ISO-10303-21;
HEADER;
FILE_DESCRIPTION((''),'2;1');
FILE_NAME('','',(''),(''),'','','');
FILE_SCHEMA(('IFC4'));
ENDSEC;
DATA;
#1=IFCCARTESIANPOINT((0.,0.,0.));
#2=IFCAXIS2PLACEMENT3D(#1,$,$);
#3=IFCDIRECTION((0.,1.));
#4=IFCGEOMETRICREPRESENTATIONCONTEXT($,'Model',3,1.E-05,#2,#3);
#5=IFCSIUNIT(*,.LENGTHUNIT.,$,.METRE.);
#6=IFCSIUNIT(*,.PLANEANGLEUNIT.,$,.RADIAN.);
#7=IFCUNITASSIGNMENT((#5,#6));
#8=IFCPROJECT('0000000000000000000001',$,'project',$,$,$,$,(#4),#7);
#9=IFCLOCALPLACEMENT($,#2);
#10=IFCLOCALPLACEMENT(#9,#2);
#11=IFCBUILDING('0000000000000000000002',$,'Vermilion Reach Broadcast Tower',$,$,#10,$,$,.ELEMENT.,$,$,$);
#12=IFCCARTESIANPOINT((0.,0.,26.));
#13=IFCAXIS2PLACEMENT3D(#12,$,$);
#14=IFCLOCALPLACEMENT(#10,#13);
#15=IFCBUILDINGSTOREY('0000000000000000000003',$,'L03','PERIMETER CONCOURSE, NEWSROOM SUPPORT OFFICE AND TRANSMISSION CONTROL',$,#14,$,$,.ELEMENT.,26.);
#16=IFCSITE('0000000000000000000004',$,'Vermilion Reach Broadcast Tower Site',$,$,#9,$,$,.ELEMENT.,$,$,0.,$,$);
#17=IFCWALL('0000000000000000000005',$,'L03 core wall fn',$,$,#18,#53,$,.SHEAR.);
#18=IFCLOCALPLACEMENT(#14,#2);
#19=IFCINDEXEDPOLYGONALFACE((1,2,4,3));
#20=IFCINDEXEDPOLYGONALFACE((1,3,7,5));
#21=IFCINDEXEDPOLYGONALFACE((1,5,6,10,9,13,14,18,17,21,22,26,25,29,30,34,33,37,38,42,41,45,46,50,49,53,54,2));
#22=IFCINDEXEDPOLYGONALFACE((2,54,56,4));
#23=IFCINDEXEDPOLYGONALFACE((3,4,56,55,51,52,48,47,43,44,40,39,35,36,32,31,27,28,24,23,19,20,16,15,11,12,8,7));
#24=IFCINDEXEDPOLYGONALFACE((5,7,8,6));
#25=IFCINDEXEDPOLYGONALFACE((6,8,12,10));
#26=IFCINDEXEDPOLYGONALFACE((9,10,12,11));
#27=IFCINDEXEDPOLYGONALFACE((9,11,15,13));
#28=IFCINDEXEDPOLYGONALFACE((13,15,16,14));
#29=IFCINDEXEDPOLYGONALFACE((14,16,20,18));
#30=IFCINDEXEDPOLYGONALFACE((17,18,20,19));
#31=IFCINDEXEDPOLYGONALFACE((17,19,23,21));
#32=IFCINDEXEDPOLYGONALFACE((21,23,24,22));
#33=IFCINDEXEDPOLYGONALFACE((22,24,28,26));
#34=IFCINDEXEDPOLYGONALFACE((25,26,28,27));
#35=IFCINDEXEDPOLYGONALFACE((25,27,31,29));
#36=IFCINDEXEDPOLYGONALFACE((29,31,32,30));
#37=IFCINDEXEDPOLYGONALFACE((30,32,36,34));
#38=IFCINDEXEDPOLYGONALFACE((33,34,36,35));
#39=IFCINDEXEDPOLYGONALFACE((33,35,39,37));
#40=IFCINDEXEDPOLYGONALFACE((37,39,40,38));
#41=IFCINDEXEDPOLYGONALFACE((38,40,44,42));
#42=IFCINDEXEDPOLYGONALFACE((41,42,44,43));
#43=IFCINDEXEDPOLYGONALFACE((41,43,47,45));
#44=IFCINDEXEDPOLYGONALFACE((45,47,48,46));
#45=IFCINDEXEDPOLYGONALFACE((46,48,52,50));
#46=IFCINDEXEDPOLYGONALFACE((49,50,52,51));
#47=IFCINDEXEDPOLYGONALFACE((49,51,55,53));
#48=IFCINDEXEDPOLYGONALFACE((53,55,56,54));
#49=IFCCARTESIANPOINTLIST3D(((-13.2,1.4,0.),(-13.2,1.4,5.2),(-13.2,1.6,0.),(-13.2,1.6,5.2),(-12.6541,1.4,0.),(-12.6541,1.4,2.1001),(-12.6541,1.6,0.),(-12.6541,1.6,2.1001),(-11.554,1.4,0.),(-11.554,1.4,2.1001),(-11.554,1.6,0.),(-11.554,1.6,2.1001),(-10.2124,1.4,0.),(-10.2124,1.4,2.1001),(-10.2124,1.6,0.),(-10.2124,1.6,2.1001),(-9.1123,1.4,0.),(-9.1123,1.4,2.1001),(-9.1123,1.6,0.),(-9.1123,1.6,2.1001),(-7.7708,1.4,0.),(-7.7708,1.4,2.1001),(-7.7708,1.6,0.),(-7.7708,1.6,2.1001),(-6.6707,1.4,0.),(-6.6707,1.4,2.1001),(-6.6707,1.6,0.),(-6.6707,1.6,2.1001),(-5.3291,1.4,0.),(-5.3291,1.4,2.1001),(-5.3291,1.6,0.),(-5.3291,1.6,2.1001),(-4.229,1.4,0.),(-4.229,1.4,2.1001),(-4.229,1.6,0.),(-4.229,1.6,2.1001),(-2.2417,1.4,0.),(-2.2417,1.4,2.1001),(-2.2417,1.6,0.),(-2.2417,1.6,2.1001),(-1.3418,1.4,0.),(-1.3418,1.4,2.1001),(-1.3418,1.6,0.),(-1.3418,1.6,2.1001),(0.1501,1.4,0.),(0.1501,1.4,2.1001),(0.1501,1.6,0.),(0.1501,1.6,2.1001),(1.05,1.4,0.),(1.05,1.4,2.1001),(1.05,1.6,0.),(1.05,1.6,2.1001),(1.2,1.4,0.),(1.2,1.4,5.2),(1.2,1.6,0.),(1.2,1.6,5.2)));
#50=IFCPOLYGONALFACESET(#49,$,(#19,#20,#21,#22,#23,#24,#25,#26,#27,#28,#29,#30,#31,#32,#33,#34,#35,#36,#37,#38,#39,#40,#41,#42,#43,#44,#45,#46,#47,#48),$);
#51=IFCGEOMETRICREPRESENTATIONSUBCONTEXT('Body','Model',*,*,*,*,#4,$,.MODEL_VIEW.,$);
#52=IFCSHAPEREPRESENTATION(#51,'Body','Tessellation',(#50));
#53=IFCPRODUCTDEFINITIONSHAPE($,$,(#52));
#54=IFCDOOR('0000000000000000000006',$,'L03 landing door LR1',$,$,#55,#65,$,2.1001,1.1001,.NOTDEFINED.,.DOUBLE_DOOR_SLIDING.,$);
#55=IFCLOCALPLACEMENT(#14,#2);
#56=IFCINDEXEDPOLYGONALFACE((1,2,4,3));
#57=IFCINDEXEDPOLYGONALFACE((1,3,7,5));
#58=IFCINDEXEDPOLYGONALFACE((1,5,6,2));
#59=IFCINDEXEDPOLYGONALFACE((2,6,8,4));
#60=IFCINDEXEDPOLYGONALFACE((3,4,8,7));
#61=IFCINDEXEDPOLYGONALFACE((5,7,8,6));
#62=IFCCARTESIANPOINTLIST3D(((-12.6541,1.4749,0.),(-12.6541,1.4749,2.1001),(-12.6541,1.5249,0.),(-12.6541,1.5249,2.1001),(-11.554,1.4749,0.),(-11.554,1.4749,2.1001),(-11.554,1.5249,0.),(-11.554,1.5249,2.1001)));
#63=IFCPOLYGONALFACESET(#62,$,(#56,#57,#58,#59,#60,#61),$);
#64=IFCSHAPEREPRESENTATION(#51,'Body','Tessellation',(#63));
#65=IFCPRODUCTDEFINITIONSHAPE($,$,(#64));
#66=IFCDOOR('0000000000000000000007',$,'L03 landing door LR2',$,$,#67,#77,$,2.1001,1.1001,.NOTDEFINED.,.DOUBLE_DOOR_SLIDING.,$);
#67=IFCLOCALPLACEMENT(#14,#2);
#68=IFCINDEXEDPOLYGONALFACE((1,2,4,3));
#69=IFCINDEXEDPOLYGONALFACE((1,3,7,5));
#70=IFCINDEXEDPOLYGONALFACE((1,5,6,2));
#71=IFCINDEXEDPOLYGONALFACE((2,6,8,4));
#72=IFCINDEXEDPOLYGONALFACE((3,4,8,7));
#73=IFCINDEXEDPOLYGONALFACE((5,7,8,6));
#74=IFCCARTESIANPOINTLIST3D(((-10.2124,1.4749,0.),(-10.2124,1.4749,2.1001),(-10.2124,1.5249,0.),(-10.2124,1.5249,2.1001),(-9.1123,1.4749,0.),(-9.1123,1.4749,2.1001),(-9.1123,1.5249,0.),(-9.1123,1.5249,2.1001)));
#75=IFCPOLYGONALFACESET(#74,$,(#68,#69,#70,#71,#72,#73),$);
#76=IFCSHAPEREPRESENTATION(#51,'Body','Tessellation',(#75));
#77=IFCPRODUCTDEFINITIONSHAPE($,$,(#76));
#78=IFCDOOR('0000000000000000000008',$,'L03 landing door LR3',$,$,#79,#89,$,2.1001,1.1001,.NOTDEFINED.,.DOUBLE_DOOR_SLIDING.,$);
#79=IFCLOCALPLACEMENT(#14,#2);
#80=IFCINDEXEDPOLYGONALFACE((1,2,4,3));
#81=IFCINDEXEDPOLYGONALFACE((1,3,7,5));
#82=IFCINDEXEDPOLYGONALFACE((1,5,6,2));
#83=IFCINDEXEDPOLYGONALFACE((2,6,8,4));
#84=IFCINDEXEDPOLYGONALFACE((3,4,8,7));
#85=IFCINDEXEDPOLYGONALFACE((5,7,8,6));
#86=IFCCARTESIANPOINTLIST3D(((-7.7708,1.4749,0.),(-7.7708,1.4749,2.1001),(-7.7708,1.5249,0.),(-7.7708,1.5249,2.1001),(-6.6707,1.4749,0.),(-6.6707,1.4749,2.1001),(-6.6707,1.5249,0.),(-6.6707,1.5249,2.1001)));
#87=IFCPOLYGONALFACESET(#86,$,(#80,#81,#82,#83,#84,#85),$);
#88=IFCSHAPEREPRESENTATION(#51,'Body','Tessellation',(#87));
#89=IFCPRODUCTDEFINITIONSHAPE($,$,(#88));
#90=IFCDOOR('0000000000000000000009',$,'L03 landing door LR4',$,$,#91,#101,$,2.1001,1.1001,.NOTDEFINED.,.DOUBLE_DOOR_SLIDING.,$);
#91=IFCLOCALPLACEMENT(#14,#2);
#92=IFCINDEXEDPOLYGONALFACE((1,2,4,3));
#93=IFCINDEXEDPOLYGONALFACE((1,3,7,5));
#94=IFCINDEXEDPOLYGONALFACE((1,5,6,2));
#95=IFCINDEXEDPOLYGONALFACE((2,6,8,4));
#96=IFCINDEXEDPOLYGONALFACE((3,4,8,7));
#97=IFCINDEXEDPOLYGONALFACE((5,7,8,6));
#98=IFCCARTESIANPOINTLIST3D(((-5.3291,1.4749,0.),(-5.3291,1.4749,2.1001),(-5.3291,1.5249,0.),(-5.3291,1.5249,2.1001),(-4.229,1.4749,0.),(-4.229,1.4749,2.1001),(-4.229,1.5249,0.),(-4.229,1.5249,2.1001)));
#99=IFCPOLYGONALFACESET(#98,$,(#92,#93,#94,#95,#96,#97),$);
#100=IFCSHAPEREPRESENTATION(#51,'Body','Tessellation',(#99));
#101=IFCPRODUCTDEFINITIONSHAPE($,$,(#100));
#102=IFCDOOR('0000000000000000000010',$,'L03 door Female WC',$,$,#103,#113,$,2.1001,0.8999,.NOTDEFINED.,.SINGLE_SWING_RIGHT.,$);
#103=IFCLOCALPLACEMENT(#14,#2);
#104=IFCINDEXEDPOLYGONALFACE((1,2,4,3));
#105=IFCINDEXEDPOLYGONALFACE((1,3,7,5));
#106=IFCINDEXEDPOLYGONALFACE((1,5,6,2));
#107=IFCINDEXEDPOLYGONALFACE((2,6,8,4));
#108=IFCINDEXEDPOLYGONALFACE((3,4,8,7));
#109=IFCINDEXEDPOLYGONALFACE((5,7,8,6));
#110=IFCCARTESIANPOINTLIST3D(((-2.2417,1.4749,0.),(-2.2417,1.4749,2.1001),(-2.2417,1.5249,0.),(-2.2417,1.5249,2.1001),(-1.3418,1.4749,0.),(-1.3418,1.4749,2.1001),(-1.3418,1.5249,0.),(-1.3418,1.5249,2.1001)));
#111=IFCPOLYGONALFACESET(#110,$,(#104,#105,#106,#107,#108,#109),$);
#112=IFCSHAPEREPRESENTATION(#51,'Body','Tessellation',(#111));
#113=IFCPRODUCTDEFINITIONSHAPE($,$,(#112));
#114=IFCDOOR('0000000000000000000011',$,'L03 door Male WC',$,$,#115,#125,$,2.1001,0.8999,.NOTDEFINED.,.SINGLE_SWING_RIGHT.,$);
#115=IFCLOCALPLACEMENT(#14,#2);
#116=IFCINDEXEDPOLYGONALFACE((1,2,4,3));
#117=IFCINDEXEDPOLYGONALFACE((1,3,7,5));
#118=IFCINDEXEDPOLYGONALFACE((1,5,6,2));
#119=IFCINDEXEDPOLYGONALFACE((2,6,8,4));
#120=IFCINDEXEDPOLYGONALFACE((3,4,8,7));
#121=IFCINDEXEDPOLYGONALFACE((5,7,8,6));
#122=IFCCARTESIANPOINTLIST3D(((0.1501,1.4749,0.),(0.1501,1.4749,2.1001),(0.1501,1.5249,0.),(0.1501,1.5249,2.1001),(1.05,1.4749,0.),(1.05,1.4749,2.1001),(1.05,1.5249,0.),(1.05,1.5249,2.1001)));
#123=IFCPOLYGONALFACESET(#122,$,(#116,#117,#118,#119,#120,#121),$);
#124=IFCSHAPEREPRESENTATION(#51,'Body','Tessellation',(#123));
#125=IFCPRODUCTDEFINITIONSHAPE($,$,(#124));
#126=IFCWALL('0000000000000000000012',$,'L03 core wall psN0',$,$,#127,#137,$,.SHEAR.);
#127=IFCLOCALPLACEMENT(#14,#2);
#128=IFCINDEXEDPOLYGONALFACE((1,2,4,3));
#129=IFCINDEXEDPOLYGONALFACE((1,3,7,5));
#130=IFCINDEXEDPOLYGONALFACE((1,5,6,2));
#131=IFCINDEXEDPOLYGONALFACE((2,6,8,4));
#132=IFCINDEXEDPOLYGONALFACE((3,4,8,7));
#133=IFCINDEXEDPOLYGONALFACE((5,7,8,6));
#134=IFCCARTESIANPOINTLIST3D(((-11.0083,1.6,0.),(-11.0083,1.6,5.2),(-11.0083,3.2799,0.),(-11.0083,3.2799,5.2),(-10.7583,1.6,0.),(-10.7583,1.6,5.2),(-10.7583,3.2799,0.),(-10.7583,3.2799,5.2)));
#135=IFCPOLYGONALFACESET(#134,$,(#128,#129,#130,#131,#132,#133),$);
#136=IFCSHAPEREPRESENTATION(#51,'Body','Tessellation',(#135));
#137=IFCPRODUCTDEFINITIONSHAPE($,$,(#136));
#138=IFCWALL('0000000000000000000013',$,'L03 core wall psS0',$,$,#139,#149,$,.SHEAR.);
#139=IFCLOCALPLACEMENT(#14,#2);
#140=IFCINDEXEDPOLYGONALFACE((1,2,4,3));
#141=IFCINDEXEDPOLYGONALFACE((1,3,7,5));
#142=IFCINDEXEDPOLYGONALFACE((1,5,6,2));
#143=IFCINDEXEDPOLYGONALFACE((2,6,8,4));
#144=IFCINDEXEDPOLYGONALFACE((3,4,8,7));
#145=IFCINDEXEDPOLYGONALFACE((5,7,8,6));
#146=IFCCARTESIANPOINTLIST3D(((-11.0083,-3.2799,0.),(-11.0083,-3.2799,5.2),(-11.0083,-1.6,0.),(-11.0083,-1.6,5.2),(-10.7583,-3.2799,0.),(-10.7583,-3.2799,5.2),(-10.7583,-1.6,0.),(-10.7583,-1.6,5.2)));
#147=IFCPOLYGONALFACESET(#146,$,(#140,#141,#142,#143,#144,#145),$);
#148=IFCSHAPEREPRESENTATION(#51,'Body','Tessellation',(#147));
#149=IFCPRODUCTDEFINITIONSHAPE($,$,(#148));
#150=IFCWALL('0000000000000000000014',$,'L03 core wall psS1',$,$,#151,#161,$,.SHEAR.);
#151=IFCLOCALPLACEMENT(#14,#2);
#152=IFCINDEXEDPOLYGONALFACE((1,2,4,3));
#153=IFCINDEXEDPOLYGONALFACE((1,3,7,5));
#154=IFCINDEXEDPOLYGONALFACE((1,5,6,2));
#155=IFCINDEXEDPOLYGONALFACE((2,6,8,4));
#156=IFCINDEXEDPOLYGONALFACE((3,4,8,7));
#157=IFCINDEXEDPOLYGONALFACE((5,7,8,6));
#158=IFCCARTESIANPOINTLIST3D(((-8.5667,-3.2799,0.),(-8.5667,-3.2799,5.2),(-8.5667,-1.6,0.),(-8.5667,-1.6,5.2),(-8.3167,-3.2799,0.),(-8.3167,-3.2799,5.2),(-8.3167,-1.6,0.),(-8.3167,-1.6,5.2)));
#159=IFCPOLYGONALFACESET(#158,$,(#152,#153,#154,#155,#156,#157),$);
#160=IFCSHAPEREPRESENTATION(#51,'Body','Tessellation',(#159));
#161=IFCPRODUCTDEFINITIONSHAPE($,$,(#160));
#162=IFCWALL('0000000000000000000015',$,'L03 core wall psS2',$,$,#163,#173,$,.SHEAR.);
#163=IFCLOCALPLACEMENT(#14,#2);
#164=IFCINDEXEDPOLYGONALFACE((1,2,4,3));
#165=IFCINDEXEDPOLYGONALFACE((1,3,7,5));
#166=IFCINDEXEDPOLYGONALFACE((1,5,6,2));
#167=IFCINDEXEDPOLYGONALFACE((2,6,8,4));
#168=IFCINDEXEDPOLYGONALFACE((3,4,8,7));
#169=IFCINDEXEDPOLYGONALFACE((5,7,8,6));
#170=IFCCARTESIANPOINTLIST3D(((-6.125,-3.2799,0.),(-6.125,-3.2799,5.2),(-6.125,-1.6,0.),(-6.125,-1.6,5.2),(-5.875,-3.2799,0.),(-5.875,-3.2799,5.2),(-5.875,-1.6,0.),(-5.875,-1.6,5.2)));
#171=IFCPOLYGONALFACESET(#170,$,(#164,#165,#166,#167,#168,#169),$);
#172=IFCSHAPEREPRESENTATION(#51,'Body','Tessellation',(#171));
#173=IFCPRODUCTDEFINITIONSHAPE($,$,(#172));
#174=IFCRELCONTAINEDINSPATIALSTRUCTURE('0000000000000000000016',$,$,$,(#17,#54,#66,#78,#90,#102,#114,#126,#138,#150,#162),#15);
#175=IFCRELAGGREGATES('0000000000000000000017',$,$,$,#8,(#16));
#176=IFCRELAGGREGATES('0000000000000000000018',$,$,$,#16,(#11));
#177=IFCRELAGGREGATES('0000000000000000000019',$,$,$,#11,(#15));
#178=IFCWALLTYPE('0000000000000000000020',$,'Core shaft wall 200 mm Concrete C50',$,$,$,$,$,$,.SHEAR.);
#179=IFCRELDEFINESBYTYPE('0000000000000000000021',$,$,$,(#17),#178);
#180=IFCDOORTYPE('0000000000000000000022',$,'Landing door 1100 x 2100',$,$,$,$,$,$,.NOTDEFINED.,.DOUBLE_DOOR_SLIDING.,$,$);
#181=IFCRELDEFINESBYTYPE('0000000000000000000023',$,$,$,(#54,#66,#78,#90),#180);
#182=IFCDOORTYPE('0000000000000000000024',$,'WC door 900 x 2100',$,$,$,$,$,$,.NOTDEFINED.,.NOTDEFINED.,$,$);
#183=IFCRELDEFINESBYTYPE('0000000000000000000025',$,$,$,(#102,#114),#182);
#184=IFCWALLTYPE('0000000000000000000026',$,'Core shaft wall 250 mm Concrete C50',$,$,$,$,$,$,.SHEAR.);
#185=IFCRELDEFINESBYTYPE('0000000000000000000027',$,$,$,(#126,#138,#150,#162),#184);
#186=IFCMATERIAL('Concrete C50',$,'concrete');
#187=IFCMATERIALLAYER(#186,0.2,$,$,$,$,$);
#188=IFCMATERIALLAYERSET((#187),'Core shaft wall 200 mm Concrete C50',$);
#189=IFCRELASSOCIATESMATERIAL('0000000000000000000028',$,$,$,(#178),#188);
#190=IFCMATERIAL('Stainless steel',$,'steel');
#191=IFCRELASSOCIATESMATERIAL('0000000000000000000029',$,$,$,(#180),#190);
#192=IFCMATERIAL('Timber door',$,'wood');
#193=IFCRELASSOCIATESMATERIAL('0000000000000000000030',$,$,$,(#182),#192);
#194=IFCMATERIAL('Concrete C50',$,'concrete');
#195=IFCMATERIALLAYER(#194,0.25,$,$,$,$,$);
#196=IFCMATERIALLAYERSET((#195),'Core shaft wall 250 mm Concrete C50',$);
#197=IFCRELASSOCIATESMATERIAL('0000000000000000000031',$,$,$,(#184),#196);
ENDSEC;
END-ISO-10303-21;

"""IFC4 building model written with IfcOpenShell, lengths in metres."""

from ifc_helpers import new_model, si_unit, direction, frame, frame_2d, origin, place, context, subcontext, project, spatial, rectangle, extrude, material, layer, layer_set, type_object, element, fill, save


model = new_model("IFC4")

# Units and contexts
model_context = context("Model", 3, precision=1e-05, world=origin(), true_north=direction((0.0, 1.0)))
body_context = subcontext(model_context, "Body", "Model", "MODEL_VIEW")
ifc_project = project(units=[si_unit("LENGTHUNIT", "METRE"), si_unit("PLANEANGLEUNIT", "RADIAN")], contexts=[model_context])

# Site, building, storey
site_placement = place(None, origin())
site = spatial("IfcSite", under=ifc_project, at=site_placement, Name="Vermilion Reach Broadcast Tower Site", CompositionType="ELEMENT", RefElevation=0.0)
building_placement = place(site_placement, origin())
building = spatial("IfcBuilding", under=site, at=building_placement, Name="Vermilion Reach Broadcast Tower", CompositionType="ELEMENT")
storey_placement = place(building_placement, frame((0.0, 0.0, 26.0)))
storey = spatial("IfcBuildingStorey", under=building, at=storey_placement, Name="L03", Description="PERIMETER CONCOURSE, NEWSROOM SUPPORT OFFICE AND TRANSMISSION CONTROL", CompositionType="ELEMENT", Elevation=26.0)

# Wall, openings, doors
ifc_material_1 = material(Name="Concrete C50", Category="concrete")
ifc_layer_1 = layer(ifc_material_1, 0.2)
ifc_layer_set_1 = layer_set([ifc_layer_1], Name="Core shaft wall 200 mm Concrete C50")
wall_type_1 = type_object("IfcWallType", Name="Core shaft wall 200 mm Concrete C50", PredefinedType="SHEAR", material=ifc_layer_set_1)
wall_1_placement = place(storey_placement, frame((-13.2, 1.5, 0.0), z_axis=(0.0, 0.0, 1.0), x_axis=(1.0, 0.0, 0.0)))
wall_1 = element("IfcWall", 1, at=wall_1_placement, inside=storey, type_object=wall_type_1, Name="L03 core wall fn", PredefinedType="SHEAR", context=body_context, shape_type="SweptSolid", body=[
    extrude(rectangle(XDim=14.3999, YDim=0.2, at=frame_2d((7.2, 0.0))), origin(), (0.0, 0.0, 1.0), 5.2),
])
opening_1_placement = place(wall_1_placement, frame((0.5459, 0.0, 0.0)))
opening_1 = element("IfcOpeningElement", 2, at=opening_1_placement, cuts=wall_1, PredefinedType="OPENING", context=body_context, shape_type="SweptSolid", body=[
    extrude(rectangle(XDim=1.1001, YDim=2.1001, at=frame_2d((0.55, 1.05))), frame((0.0, 0.1099, 0.0), z_axis=(0.0, -1.0, 0.0), x_axis=(1.0, 0.0, 0.0)), (0.0, 0.0, 1.0), 0.22),
])
opening_2_placement = place(wall_1_placement, frame((2.9875, 0.0, 0.0)))
opening_2 = element("IfcOpeningElement", 3, at=opening_2_placement, cuts=wall_1, PredefinedType="OPENING", context=body_context, shape_type="SweptSolid", body=[
    extrude(rectangle(XDim=1.1001, YDim=2.1001, at=frame_2d((0.55, 1.05))), frame((0.0, 0.1099, 0.0), z_axis=(0.0, -1.0, 0.0), x_axis=(1.0, 0.0, 0.0)), (0.0, 0.0, 1.0), 0.22),
])
opening_3_placement = place(wall_1_placement, frame((5.4292, 0.0, 0.0)))
opening_3 = element("IfcOpeningElement", 4, at=opening_3_placement, cuts=wall_1, PredefinedType="OPENING", context=body_context, shape_type="SweptSolid", body=[
    extrude(rectangle(XDim=1.1001, YDim=2.1001, at=frame_2d((0.55, 1.05))), frame((0.0, 0.1099, 0.0), z_axis=(0.0, -1.0, 0.0), x_axis=(1.0, 0.0, 0.0)), (0.0, 0.0, 1.0), 0.22),
])
opening_4_placement = place(wall_1_placement, frame((7.8708, 0.0, 0.0)))
opening_4 = element("IfcOpeningElement", 5, at=opening_4_placement, cuts=wall_1, PredefinedType="OPENING", context=body_context, shape_type="SweptSolid", body=[
    extrude(rectangle(XDim=1.1001, YDim=2.1001, at=frame_2d((0.55, 1.05))), frame((0.0, 0.1099, 0.0), z_axis=(0.0, -1.0, 0.0), x_axis=(1.0, 0.0, 0.0)), (0.0, 0.0, 1.0), 0.22),
])
opening_5_placement = place(wall_1_placement, frame((10.9583, 0.0, 0.0)))
opening_5 = element("IfcOpeningElement", 6, at=opening_5_placement, cuts=wall_1, PredefinedType="OPENING", context=body_context, shape_type="SweptSolid", body=[
    extrude(rectangle(XDim=0.8999, YDim=2.1001, at=frame_2d((0.45, 1.05))), frame((0.0, 0.1099, 0.0), z_axis=(0.0, -1.0, 0.0), x_axis=(1.0, 0.0, 0.0)), (0.0, 0.0, 1.0), 0.22),
])
opening_6_placement = place(wall_1_placement, frame((13.3501, 0.0, 0.0)))
opening_6 = element("IfcOpeningElement", 7, at=opening_6_placement, cuts=wall_1, PredefinedType="OPENING", context=body_context, shape_type="SweptSolid", body=[
    extrude(rectangle(XDim=0.8999, YDim=2.1001, at=frame_2d((0.45, 1.05))), frame((0.0, 0.1099, 0.0), z_axis=(0.0, -1.0, 0.0), x_axis=(1.0, 0.0, 0.0)), (0.0, 0.0, 1.0), 0.22),
])
ifc_material_2 = material(Name="Stainless steel", Category="steel")
door_type_1 = type_object("IfcDoorType", Name="Landing door 1100 x 2100", OperationType="DOUBLE_DOOR_SLIDING", PredefinedType="NOTDEFINED", material=ifc_material_2)
door_1_placement = place(opening_1_placement, origin())
door_1 = element("IfcDoor", 8, at=door_1_placement, inside=storey, type_object=door_type_1, Name="L03 landing door LR1", OperationType="DOUBLE_DOOR_SLIDING", OverallHeight=2.1001, OverallWidth=1.1001, PredefinedType="NOTDEFINED", context=body_context, shape_type="SweptSolid", body=[
    extrude(rectangle(XDim=1.1001, YDim=2.1001, at=frame_2d((0.55, 1.05))), frame((0.0, 0.0249, 0.0), z_axis=(0.0, -1.0, 0.0), x_axis=(1.0, 0.0, 0.0)), (0.0, 0.0, 1.0), 0.05),
])
fill(opening_1, door_1)
door_2_placement = place(opening_2_placement, origin())
door_2 = element("IfcDoor", 9, at=door_2_placement, inside=storey, type_object=door_type_1, Name="L03 landing door LR2", OperationType="DOUBLE_DOOR_SLIDING", OverallHeight=2.1001, OverallWidth=1.1001, PredefinedType="NOTDEFINED", context=body_context, shape_type="SweptSolid", body=[
    extrude(rectangle(XDim=1.1001, YDim=2.1001, at=frame_2d((0.55, 1.05))), frame((0.0, 0.0249, 0.0), z_axis=(0.0, -1.0, 0.0), x_axis=(1.0, 0.0, 0.0)), (0.0, 0.0, 1.0), 0.05),
])
fill(opening_2, door_2)
door_3_placement = place(opening_3_placement, origin())
door_3 = element("IfcDoor", 10, at=door_3_placement, inside=storey, type_object=door_type_1, Name="L03 landing door LR3", OperationType="DOUBLE_DOOR_SLIDING", OverallHeight=2.1001, OverallWidth=1.1001, PredefinedType="NOTDEFINED", context=body_context, shape_type="SweptSolid", body=[
    extrude(rectangle(XDim=1.1001, YDim=2.1001, at=frame_2d((0.55, 1.05))), frame((0.0, 0.0249, 0.0), z_axis=(0.0, -1.0, 0.0), x_axis=(1.0, 0.0, 0.0)), (0.0, 0.0, 1.0), 0.05),
])
fill(opening_3, door_3)
door_4_placement = place(opening_4_placement, origin())
door_4 = element("IfcDoor", 11, at=door_4_placement, inside=storey, type_object=door_type_1, Name="L03 landing door LR4", OperationType="DOUBLE_DOOR_SLIDING", OverallHeight=2.1001, OverallWidth=1.1001, PredefinedType="NOTDEFINED", context=body_context, shape_type="SweptSolid", body=[
    extrude(rectangle(XDim=1.1001, YDim=2.1001, at=frame_2d((0.55, 1.05))), frame((0.0, 0.0249, 0.0), z_axis=(0.0, -1.0, 0.0), x_axis=(1.0, 0.0, 0.0)), (0.0, 0.0, 1.0), 0.05),
])
fill(opening_4, door_4)
ifc_material_3 = material(Name="Timber door", Category="wood")
door_type_2 = type_object("IfcDoorType", Name="WC door 900 x 2100", OperationType="NOTDEFINED", PredefinedType="NOTDEFINED", material=ifc_material_3)
door_5_placement = place(opening_5_placement, origin())
door_5 = element("IfcDoor", 12, at=door_5_placement, inside=storey, type_object=door_type_2, Name="L03 door Female WC", OperationType="SINGLE_SWING_RIGHT", OverallHeight=2.1001, OverallWidth=0.8999, PredefinedType="NOTDEFINED", context=body_context, shape_type="SweptSolid", body=[
    extrude(rectangle(XDim=0.8999, YDim=2.1001, at=frame_2d((0.45, 1.05))), frame((0.0, 0.0249, 0.0), z_axis=(0.0, -1.0, 0.0), x_axis=(1.0, 0.0, 0.0)), (0.0, 0.0, 1.0), 0.05),
])
fill(opening_5, door_5)
door_6_placement = place(opening_6_placement, origin())
door_6 = element("IfcDoor", 13, at=door_6_placement, inside=storey, type_object=door_type_2, Name="L03 door Male WC", OperationType="SINGLE_SWING_RIGHT", OverallHeight=2.1001, OverallWidth=0.8999, PredefinedType="NOTDEFINED", context=body_context, shape_type="SweptSolid", body=[
    extrude(rectangle(XDim=0.8999, YDim=2.1001, at=frame_2d((0.45, 1.05))), frame((0.0, 0.0249, 0.0), z_axis=(0.0, -1.0, 0.0), x_axis=(1.0, 0.0, 0.0)), (0.0, 0.0, 1.0), 0.05),
])
fill(opening_6, door_6)

# Walls
ifc_material_4 = material(Name="Concrete C50", Category="concrete")
ifc_layer_2 = layer(ifc_material_4, 0.25)
ifc_layer_set_2 = layer_set([ifc_layer_2], Name="Core shaft wall 250 mm Concrete C50")
wall_type_2 = type_object("IfcWallType", Name="Core shaft wall 250 mm Concrete C50", PredefinedType="SHEAR", material=ifc_layer_set_2)
for number, where, z_axis, x_axis, name in (
    (14, (-10.8833, 1.6001, 0.0), (0.0, 0.0, 1.0), (0.0, 1.0, 0.0), "L03 core wall psN0"),
    (15, (-10.8833, -1.6001, 0.0), (0.0, 0.0, 1.0), (0.0, -1.0, 0.0), "L03 core wall psS0"),
    (16, (-8.4417, -1.6001, 0.0), (0.0, 0.0, 1.0), (0.0, -1.0, 0.0), "L03 core wall psS1"),
    (17, (-6.0, -1.6001, 0.0), (0.0, 0.0, 1.0), (0.0, -1.0, 0.0), "L03 core wall psS2"),
):
    element("IfcWall", number, at=place(storey_placement, frame(where, z_axis=z_axis, x_axis=x_axis)), inside=storey, type_object=wall_type_2, Name=name, PredefinedType="SHEAR", context=body_context, shape_type="SweptSolid", body=[
        extrude(rectangle(XDim=1.6799, YDim=0.25, at=frame_2d((0.8398, 0.0))), origin(), (0.0, 0.0, 1.0), 5.2),
    ])

save(model, "model.ifc")
